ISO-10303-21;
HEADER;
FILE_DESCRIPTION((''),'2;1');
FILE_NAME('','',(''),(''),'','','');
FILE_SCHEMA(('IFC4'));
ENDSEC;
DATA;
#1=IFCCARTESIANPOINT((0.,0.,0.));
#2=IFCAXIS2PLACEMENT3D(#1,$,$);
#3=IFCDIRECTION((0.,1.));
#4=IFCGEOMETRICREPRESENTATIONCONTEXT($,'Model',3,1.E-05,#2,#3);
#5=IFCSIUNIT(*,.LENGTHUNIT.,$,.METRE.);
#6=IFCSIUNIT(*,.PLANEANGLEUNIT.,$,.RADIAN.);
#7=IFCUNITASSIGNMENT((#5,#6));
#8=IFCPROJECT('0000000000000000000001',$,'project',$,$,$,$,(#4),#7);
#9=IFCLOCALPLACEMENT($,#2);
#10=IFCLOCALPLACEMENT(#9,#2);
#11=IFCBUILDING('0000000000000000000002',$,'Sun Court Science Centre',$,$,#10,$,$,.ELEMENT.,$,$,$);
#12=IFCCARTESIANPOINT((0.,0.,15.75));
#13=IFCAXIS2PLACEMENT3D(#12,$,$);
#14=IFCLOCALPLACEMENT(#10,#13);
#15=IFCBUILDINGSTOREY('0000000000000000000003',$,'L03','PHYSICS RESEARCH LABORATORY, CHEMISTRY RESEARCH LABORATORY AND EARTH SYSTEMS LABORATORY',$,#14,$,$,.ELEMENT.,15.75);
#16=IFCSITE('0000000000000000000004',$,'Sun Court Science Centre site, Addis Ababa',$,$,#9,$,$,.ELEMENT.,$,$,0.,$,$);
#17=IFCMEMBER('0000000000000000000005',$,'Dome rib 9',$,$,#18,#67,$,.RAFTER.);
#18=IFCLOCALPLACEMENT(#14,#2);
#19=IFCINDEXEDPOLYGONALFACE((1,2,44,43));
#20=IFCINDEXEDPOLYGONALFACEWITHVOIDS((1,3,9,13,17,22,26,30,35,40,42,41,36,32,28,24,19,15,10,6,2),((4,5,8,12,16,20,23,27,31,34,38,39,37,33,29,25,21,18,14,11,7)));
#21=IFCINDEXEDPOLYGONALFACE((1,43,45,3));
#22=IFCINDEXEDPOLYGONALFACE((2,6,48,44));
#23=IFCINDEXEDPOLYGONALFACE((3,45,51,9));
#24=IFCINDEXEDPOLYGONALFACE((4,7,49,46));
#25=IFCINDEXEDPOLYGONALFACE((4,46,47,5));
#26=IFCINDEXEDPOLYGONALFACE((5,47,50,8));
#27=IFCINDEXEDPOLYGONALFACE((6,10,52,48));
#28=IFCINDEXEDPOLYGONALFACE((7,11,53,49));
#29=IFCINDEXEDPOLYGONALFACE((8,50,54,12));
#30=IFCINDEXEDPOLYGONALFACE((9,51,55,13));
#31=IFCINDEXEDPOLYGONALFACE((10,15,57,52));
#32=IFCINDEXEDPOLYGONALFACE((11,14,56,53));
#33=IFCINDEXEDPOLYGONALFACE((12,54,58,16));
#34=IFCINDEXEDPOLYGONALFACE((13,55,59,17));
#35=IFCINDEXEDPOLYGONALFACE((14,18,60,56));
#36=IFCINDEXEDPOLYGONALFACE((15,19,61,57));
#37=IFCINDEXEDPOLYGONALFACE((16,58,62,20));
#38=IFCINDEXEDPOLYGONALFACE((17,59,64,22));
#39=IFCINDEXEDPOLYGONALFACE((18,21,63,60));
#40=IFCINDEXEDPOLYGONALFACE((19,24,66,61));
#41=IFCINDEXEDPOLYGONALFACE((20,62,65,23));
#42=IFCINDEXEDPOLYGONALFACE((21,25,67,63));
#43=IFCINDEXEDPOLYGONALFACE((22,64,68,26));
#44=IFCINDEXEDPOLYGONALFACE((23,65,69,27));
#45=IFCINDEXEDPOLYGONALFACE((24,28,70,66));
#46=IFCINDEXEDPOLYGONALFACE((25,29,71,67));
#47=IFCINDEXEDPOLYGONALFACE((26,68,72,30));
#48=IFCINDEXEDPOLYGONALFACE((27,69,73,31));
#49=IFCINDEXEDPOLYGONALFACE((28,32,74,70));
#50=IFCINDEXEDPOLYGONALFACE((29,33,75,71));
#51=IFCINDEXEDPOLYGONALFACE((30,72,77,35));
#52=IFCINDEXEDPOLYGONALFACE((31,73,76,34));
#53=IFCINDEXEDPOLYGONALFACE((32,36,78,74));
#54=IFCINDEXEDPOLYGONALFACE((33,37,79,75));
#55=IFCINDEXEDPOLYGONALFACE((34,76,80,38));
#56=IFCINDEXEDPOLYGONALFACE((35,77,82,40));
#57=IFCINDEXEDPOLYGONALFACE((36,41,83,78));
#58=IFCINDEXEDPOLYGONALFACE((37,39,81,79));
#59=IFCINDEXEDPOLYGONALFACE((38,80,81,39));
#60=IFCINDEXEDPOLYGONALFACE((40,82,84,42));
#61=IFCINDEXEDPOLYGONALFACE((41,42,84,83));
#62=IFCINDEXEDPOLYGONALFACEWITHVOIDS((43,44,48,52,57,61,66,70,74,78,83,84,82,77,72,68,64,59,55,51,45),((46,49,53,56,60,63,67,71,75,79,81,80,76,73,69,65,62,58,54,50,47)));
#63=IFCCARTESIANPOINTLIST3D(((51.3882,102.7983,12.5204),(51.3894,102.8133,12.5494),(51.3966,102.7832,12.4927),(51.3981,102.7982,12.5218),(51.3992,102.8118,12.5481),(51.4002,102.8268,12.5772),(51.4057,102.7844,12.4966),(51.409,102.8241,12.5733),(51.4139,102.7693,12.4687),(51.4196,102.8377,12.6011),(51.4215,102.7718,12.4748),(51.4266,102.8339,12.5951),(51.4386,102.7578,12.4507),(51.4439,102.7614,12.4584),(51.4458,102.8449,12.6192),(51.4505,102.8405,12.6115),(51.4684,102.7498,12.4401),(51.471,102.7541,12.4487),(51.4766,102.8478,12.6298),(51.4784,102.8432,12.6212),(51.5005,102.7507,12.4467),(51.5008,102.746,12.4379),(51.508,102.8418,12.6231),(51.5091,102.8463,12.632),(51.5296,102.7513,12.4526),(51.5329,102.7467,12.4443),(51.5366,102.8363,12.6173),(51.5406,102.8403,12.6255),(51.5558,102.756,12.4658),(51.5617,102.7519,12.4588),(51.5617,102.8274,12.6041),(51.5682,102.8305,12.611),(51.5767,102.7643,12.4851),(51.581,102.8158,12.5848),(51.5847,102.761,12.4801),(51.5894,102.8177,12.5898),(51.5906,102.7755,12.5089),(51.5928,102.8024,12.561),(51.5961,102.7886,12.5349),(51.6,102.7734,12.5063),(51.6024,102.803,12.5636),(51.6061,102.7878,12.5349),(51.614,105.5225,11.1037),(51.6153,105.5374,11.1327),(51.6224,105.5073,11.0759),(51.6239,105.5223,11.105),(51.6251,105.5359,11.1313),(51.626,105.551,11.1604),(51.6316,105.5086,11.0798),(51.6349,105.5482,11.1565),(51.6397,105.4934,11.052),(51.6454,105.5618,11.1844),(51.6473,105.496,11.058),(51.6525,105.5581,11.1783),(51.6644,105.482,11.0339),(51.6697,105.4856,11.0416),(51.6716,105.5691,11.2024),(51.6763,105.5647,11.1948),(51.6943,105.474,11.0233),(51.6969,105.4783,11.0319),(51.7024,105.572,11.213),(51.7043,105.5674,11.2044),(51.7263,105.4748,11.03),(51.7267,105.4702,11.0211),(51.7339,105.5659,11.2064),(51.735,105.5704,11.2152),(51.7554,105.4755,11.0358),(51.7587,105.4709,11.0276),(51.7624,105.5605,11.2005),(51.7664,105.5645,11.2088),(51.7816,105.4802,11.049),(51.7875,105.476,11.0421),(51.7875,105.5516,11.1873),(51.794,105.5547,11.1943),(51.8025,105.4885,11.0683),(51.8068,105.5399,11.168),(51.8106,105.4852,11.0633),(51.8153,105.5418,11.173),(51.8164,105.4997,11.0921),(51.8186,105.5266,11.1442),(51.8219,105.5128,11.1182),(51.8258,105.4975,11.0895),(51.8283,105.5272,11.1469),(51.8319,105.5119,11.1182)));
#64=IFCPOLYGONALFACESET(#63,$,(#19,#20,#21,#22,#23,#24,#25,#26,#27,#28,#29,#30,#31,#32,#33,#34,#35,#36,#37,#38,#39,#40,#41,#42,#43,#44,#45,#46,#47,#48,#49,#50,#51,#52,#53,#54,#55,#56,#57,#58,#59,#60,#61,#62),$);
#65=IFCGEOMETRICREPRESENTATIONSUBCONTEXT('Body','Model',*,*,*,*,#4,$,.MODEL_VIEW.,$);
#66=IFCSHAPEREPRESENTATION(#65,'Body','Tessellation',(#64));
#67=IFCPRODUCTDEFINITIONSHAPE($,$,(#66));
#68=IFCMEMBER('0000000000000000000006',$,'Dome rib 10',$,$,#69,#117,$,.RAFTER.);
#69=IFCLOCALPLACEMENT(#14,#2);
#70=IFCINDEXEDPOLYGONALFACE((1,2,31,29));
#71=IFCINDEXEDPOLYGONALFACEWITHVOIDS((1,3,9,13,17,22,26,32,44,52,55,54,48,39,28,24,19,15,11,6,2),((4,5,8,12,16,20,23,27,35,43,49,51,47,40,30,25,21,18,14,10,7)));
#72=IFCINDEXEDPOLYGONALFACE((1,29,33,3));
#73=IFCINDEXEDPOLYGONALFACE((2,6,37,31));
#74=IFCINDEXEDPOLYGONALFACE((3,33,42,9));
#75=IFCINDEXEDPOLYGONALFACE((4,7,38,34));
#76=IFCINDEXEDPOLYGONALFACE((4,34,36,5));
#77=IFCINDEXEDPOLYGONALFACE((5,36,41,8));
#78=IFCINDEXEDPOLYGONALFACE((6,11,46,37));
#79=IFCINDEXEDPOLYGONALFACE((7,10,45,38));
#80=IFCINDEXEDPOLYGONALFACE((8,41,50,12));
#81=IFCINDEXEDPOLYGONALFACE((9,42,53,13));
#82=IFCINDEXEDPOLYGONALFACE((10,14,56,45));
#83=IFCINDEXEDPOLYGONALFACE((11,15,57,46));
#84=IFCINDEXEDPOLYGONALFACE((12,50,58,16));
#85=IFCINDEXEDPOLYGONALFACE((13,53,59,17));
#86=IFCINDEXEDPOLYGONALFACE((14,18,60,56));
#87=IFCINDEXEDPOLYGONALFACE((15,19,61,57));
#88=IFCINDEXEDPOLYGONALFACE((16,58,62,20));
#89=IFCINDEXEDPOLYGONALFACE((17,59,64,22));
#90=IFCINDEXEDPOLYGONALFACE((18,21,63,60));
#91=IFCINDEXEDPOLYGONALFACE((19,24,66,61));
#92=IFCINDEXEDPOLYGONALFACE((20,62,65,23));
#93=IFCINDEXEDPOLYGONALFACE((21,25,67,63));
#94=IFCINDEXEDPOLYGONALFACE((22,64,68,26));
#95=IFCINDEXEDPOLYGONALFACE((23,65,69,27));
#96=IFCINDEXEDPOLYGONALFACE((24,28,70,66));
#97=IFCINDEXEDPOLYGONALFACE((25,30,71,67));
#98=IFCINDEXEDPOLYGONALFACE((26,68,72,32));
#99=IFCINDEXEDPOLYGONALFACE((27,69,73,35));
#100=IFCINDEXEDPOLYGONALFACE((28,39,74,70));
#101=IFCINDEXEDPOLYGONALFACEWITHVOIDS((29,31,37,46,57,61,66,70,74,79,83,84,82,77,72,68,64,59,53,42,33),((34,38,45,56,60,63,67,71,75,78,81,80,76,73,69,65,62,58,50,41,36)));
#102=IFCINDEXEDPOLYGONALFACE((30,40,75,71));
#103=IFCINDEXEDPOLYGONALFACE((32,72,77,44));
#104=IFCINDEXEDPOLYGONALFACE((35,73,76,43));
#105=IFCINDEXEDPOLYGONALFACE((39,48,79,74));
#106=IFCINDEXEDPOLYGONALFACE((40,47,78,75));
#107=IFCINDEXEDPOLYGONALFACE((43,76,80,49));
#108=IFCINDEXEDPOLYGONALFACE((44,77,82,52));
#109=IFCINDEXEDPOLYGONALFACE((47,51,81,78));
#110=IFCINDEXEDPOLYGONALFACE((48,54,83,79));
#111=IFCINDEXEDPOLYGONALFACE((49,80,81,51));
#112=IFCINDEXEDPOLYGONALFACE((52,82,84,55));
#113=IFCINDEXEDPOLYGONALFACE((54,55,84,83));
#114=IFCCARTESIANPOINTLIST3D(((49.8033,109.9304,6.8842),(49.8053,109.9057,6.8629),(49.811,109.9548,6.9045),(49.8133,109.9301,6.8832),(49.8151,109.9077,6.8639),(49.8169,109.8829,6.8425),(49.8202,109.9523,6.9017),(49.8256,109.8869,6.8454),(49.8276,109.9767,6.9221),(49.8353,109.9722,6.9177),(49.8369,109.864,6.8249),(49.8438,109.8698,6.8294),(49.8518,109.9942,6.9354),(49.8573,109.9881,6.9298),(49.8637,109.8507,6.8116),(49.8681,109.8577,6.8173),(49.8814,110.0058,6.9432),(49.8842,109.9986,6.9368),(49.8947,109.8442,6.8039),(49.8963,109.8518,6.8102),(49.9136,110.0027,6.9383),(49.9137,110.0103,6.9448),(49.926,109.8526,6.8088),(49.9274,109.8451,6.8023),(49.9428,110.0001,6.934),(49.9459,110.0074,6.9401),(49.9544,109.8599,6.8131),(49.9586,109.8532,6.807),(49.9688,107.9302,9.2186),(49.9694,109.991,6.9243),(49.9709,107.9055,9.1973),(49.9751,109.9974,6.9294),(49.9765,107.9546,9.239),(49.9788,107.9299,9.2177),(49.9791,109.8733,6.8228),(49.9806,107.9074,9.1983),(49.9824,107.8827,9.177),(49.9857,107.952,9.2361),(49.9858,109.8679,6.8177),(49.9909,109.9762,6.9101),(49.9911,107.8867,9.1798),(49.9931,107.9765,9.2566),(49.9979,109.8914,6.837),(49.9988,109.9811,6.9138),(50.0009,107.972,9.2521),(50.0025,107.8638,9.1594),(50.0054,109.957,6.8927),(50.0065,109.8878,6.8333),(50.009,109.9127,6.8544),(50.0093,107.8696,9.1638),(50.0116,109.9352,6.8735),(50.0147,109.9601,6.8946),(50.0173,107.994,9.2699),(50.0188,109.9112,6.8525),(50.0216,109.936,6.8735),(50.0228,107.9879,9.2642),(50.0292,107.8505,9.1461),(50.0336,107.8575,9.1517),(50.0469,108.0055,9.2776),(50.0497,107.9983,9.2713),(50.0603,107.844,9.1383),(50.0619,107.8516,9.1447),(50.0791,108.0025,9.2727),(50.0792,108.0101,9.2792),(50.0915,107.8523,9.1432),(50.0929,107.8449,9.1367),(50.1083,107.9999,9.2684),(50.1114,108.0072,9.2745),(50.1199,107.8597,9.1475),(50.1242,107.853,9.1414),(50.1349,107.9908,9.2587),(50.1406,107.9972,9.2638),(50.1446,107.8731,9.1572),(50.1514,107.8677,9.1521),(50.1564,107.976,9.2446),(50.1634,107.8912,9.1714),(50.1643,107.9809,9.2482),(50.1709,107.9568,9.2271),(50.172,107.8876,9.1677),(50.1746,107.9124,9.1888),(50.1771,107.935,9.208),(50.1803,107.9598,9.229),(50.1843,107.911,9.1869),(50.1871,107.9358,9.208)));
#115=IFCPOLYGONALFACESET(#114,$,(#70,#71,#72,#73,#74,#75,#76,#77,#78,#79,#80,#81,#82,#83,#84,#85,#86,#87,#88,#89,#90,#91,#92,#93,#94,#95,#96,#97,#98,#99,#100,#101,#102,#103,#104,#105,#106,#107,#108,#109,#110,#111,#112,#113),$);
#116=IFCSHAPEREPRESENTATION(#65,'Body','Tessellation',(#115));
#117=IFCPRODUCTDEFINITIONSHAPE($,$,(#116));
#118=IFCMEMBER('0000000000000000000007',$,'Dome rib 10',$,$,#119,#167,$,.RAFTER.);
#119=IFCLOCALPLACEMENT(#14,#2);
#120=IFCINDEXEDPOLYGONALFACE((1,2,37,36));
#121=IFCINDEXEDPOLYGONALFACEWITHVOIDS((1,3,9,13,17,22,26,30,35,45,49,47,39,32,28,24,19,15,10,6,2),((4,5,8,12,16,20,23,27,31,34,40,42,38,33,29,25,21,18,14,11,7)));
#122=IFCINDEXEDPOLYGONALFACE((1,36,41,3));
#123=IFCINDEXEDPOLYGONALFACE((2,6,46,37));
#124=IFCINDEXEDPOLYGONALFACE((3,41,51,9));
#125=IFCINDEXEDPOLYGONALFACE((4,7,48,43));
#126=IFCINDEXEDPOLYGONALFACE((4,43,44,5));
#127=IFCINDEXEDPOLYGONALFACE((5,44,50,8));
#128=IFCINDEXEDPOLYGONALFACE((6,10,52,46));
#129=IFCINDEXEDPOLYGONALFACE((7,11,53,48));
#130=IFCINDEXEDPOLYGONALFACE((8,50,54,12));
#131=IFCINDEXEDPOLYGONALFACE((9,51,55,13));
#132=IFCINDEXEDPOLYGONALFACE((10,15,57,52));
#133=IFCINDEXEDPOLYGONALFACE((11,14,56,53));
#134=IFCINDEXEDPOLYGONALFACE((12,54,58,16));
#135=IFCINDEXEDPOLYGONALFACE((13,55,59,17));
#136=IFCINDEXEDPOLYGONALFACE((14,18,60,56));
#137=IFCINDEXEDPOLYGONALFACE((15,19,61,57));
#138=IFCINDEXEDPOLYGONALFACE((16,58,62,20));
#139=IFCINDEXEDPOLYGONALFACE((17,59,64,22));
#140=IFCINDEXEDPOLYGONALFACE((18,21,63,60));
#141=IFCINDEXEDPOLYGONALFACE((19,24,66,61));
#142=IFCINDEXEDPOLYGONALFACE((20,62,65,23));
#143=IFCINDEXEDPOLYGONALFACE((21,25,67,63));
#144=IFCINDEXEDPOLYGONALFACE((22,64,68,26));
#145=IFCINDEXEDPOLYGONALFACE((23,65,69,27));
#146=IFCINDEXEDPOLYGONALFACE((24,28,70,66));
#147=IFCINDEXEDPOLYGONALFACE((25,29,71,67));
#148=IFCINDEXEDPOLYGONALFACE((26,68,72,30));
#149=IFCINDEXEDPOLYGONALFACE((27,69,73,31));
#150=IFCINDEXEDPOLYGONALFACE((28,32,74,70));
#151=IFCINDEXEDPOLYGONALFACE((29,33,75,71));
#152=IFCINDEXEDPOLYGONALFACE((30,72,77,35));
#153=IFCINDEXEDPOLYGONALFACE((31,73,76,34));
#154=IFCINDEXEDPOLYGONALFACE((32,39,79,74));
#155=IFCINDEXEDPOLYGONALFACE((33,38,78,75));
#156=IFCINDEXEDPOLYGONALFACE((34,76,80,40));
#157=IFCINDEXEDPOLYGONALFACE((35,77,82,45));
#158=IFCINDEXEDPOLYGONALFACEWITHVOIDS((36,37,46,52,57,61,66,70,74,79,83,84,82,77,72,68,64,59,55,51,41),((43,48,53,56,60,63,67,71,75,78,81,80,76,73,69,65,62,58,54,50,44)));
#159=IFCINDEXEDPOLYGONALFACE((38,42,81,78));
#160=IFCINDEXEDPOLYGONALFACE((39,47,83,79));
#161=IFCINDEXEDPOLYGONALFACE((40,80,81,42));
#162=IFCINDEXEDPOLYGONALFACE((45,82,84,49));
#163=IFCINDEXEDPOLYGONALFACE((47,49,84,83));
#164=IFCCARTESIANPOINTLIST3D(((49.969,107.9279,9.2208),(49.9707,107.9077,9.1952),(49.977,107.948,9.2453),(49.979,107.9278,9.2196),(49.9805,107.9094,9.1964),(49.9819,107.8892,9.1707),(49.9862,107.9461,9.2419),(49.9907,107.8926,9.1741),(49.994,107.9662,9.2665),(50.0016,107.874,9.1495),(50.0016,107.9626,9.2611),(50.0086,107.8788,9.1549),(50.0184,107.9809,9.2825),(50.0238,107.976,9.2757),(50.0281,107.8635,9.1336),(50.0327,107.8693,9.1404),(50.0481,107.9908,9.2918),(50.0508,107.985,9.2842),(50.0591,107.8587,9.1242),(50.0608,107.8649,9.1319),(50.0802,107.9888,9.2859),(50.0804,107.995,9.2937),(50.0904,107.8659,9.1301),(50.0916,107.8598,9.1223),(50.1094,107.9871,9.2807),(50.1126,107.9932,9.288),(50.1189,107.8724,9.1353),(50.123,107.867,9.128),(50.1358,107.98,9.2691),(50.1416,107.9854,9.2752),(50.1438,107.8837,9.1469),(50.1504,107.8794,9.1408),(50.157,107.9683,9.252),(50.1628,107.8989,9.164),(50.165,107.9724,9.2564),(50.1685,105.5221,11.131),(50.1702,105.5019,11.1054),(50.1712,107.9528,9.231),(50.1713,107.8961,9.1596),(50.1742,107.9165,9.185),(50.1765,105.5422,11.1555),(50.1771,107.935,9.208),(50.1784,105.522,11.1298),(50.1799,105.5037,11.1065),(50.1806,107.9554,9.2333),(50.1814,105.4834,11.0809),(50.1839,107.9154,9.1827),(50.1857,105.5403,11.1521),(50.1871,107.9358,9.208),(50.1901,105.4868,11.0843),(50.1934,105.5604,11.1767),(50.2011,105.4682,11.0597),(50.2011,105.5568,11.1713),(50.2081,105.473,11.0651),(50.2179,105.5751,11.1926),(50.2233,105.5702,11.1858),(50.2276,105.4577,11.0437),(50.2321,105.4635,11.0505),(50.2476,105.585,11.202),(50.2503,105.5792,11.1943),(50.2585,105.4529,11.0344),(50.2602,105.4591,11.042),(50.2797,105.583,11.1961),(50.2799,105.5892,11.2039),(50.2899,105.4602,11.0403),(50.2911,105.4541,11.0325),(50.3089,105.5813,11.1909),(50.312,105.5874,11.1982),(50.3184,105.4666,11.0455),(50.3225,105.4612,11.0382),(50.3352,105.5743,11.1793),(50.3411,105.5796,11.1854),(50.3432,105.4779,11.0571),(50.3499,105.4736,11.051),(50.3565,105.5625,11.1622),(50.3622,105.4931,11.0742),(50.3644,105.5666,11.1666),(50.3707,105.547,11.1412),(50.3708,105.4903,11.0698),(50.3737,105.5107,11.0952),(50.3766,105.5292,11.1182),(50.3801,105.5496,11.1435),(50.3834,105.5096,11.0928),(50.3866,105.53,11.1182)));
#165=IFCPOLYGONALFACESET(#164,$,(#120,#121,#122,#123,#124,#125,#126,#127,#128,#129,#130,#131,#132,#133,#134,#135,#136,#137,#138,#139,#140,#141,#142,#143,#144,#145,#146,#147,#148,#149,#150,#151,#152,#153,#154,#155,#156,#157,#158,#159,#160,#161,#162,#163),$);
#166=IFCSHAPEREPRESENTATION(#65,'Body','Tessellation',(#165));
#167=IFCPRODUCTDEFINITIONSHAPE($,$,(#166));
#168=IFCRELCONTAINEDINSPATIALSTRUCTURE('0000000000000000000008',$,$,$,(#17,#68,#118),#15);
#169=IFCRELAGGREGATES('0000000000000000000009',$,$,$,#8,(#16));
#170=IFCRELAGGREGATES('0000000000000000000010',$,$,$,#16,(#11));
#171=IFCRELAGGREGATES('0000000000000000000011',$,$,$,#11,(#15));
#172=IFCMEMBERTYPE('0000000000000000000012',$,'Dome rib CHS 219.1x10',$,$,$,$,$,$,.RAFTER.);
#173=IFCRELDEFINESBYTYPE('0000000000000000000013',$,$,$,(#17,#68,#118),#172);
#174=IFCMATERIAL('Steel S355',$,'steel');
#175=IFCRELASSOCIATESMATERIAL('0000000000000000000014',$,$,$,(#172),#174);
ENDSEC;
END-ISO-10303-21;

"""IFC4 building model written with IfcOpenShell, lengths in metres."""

from ifc_helpers import new_model, si_unit, direction, frame, origin, origin_2d, place, context, subcontext, project, spatial, hollow_circle, extrude, material, material_profile, profile_set, type_object, element, save


model = new_model("IFC4")

# Units and contexts
model_context = context("Model", 3, precision=1e-05, world=origin(), true_north=direction((0.0, 1.0)))
body_context = subcontext(model_context, "Body", "Model", "MODEL_VIEW")
ifc_project = project(units=[si_unit("LENGTHUNIT", "METRE"), si_unit("PLANEANGLEUNIT", "RADIAN")], contexts=[model_context])

# Site, building, storey
site_placement = place(None, origin())
site = spatial("IfcSite", under=ifc_project, at=site_placement, Name="Sun Court Science Centre site, Addis Ababa", CompositionType="ELEMENT", RefElevation=0.0)
building_placement = place(site_placement, origin())
building = spatial("IfcBuilding", under=site, at=building_placement, Name="Sun Court Science Centre", CompositionType="ELEMENT")
storey_placement = place(building_placement, frame((0.0, 0.0, 15.75)))
storey = spatial("IfcBuildingStorey", under=building, at=storey_placement, Name="L03", Description="PHYSICS RESEARCH LABORATORY, CHEMISTRY RESEARCH LABORATORY AND EARTH SYSTEMS LABORATORY", CompositionType="ELEMENT", Elevation=15.75)

# Members
ifc_material_1 = material(Name="Steel S355", Category="steel")
ifc_material_profile_1 = material_profile(ifc_material_1, hollow_circle(Radius=0.1096, WallThickness=0.01, at=origin_2d()), Name="CHS 219.1x10")
ifc_profile_set_1 = profile_set([ifc_material_profile_1], Name="Steel S355")
member_type_1 = type_object("IfcMemberType", Name="Dome rib CHS 219.1x10", PredefinedType="RAFTER", material=ifc_profile_set_1)
member_1_placement = place(storey_placement, frame((51.7227, 105.521, 11.1182), z_axis=(-0.07335, -0.8848, 0.460162), x_axis=(0.996581, -0.082617, 0.0)))
element("IfcMember", 1, at=member_1_placement, inside=storey, type_object=member_type_1, Name="Dome rib 9", PredefinedType="RAFTER", context=body_context, shape_type="SweptSolid", body=[
    extrude(hollow_circle(Radius=0.1096, WallThickness=0.01, at=origin_2d()), origin(), (0.0, 0.0, 1.0), 3.0789),
])
member_2_placement = place(storey_placement, frame((49.9124, 109.927, 6.8735), z_axis=(0.053766, -0.649713, 0.758276), x_axis=(0.996593, 0.082472, 0.0)))
element("IfcMember", 2, at=member_2_placement, inside=storey, type_object=member_type_1, Name="Dome rib 10", PredefinedType="RAFTER", context=body_context, shape_type="SweptSolid", body=[
    extrude(hollow_circle(Radius=0.1096, WallThickness=0.01, at=origin_2d()), origin(), (0.0, 0.0, 1.0), 3.0786),
])
member_3_placement = place(storey_placement, frame((50.0779, 107.9268, 9.208), z_axis=(0.064796, -0.781513, 0.620515), x_axis=(0.996581, 0.082627, 0.0)))
element("IfcMember", 3, at=member_3_placement, inside=storey, type_object=member_type_1, Name="Dome rib 10", PredefinedType="RAFTER", context=body_context, shape_type="SweptSolid", body=[
    extrude(hollow_circle(Radius=0.1096, WallThickness=0.01, at=origin_2d()), origin(), (0.0, 0.0, 1.0), 3.0784),
])

save(model, "model.ifc")
